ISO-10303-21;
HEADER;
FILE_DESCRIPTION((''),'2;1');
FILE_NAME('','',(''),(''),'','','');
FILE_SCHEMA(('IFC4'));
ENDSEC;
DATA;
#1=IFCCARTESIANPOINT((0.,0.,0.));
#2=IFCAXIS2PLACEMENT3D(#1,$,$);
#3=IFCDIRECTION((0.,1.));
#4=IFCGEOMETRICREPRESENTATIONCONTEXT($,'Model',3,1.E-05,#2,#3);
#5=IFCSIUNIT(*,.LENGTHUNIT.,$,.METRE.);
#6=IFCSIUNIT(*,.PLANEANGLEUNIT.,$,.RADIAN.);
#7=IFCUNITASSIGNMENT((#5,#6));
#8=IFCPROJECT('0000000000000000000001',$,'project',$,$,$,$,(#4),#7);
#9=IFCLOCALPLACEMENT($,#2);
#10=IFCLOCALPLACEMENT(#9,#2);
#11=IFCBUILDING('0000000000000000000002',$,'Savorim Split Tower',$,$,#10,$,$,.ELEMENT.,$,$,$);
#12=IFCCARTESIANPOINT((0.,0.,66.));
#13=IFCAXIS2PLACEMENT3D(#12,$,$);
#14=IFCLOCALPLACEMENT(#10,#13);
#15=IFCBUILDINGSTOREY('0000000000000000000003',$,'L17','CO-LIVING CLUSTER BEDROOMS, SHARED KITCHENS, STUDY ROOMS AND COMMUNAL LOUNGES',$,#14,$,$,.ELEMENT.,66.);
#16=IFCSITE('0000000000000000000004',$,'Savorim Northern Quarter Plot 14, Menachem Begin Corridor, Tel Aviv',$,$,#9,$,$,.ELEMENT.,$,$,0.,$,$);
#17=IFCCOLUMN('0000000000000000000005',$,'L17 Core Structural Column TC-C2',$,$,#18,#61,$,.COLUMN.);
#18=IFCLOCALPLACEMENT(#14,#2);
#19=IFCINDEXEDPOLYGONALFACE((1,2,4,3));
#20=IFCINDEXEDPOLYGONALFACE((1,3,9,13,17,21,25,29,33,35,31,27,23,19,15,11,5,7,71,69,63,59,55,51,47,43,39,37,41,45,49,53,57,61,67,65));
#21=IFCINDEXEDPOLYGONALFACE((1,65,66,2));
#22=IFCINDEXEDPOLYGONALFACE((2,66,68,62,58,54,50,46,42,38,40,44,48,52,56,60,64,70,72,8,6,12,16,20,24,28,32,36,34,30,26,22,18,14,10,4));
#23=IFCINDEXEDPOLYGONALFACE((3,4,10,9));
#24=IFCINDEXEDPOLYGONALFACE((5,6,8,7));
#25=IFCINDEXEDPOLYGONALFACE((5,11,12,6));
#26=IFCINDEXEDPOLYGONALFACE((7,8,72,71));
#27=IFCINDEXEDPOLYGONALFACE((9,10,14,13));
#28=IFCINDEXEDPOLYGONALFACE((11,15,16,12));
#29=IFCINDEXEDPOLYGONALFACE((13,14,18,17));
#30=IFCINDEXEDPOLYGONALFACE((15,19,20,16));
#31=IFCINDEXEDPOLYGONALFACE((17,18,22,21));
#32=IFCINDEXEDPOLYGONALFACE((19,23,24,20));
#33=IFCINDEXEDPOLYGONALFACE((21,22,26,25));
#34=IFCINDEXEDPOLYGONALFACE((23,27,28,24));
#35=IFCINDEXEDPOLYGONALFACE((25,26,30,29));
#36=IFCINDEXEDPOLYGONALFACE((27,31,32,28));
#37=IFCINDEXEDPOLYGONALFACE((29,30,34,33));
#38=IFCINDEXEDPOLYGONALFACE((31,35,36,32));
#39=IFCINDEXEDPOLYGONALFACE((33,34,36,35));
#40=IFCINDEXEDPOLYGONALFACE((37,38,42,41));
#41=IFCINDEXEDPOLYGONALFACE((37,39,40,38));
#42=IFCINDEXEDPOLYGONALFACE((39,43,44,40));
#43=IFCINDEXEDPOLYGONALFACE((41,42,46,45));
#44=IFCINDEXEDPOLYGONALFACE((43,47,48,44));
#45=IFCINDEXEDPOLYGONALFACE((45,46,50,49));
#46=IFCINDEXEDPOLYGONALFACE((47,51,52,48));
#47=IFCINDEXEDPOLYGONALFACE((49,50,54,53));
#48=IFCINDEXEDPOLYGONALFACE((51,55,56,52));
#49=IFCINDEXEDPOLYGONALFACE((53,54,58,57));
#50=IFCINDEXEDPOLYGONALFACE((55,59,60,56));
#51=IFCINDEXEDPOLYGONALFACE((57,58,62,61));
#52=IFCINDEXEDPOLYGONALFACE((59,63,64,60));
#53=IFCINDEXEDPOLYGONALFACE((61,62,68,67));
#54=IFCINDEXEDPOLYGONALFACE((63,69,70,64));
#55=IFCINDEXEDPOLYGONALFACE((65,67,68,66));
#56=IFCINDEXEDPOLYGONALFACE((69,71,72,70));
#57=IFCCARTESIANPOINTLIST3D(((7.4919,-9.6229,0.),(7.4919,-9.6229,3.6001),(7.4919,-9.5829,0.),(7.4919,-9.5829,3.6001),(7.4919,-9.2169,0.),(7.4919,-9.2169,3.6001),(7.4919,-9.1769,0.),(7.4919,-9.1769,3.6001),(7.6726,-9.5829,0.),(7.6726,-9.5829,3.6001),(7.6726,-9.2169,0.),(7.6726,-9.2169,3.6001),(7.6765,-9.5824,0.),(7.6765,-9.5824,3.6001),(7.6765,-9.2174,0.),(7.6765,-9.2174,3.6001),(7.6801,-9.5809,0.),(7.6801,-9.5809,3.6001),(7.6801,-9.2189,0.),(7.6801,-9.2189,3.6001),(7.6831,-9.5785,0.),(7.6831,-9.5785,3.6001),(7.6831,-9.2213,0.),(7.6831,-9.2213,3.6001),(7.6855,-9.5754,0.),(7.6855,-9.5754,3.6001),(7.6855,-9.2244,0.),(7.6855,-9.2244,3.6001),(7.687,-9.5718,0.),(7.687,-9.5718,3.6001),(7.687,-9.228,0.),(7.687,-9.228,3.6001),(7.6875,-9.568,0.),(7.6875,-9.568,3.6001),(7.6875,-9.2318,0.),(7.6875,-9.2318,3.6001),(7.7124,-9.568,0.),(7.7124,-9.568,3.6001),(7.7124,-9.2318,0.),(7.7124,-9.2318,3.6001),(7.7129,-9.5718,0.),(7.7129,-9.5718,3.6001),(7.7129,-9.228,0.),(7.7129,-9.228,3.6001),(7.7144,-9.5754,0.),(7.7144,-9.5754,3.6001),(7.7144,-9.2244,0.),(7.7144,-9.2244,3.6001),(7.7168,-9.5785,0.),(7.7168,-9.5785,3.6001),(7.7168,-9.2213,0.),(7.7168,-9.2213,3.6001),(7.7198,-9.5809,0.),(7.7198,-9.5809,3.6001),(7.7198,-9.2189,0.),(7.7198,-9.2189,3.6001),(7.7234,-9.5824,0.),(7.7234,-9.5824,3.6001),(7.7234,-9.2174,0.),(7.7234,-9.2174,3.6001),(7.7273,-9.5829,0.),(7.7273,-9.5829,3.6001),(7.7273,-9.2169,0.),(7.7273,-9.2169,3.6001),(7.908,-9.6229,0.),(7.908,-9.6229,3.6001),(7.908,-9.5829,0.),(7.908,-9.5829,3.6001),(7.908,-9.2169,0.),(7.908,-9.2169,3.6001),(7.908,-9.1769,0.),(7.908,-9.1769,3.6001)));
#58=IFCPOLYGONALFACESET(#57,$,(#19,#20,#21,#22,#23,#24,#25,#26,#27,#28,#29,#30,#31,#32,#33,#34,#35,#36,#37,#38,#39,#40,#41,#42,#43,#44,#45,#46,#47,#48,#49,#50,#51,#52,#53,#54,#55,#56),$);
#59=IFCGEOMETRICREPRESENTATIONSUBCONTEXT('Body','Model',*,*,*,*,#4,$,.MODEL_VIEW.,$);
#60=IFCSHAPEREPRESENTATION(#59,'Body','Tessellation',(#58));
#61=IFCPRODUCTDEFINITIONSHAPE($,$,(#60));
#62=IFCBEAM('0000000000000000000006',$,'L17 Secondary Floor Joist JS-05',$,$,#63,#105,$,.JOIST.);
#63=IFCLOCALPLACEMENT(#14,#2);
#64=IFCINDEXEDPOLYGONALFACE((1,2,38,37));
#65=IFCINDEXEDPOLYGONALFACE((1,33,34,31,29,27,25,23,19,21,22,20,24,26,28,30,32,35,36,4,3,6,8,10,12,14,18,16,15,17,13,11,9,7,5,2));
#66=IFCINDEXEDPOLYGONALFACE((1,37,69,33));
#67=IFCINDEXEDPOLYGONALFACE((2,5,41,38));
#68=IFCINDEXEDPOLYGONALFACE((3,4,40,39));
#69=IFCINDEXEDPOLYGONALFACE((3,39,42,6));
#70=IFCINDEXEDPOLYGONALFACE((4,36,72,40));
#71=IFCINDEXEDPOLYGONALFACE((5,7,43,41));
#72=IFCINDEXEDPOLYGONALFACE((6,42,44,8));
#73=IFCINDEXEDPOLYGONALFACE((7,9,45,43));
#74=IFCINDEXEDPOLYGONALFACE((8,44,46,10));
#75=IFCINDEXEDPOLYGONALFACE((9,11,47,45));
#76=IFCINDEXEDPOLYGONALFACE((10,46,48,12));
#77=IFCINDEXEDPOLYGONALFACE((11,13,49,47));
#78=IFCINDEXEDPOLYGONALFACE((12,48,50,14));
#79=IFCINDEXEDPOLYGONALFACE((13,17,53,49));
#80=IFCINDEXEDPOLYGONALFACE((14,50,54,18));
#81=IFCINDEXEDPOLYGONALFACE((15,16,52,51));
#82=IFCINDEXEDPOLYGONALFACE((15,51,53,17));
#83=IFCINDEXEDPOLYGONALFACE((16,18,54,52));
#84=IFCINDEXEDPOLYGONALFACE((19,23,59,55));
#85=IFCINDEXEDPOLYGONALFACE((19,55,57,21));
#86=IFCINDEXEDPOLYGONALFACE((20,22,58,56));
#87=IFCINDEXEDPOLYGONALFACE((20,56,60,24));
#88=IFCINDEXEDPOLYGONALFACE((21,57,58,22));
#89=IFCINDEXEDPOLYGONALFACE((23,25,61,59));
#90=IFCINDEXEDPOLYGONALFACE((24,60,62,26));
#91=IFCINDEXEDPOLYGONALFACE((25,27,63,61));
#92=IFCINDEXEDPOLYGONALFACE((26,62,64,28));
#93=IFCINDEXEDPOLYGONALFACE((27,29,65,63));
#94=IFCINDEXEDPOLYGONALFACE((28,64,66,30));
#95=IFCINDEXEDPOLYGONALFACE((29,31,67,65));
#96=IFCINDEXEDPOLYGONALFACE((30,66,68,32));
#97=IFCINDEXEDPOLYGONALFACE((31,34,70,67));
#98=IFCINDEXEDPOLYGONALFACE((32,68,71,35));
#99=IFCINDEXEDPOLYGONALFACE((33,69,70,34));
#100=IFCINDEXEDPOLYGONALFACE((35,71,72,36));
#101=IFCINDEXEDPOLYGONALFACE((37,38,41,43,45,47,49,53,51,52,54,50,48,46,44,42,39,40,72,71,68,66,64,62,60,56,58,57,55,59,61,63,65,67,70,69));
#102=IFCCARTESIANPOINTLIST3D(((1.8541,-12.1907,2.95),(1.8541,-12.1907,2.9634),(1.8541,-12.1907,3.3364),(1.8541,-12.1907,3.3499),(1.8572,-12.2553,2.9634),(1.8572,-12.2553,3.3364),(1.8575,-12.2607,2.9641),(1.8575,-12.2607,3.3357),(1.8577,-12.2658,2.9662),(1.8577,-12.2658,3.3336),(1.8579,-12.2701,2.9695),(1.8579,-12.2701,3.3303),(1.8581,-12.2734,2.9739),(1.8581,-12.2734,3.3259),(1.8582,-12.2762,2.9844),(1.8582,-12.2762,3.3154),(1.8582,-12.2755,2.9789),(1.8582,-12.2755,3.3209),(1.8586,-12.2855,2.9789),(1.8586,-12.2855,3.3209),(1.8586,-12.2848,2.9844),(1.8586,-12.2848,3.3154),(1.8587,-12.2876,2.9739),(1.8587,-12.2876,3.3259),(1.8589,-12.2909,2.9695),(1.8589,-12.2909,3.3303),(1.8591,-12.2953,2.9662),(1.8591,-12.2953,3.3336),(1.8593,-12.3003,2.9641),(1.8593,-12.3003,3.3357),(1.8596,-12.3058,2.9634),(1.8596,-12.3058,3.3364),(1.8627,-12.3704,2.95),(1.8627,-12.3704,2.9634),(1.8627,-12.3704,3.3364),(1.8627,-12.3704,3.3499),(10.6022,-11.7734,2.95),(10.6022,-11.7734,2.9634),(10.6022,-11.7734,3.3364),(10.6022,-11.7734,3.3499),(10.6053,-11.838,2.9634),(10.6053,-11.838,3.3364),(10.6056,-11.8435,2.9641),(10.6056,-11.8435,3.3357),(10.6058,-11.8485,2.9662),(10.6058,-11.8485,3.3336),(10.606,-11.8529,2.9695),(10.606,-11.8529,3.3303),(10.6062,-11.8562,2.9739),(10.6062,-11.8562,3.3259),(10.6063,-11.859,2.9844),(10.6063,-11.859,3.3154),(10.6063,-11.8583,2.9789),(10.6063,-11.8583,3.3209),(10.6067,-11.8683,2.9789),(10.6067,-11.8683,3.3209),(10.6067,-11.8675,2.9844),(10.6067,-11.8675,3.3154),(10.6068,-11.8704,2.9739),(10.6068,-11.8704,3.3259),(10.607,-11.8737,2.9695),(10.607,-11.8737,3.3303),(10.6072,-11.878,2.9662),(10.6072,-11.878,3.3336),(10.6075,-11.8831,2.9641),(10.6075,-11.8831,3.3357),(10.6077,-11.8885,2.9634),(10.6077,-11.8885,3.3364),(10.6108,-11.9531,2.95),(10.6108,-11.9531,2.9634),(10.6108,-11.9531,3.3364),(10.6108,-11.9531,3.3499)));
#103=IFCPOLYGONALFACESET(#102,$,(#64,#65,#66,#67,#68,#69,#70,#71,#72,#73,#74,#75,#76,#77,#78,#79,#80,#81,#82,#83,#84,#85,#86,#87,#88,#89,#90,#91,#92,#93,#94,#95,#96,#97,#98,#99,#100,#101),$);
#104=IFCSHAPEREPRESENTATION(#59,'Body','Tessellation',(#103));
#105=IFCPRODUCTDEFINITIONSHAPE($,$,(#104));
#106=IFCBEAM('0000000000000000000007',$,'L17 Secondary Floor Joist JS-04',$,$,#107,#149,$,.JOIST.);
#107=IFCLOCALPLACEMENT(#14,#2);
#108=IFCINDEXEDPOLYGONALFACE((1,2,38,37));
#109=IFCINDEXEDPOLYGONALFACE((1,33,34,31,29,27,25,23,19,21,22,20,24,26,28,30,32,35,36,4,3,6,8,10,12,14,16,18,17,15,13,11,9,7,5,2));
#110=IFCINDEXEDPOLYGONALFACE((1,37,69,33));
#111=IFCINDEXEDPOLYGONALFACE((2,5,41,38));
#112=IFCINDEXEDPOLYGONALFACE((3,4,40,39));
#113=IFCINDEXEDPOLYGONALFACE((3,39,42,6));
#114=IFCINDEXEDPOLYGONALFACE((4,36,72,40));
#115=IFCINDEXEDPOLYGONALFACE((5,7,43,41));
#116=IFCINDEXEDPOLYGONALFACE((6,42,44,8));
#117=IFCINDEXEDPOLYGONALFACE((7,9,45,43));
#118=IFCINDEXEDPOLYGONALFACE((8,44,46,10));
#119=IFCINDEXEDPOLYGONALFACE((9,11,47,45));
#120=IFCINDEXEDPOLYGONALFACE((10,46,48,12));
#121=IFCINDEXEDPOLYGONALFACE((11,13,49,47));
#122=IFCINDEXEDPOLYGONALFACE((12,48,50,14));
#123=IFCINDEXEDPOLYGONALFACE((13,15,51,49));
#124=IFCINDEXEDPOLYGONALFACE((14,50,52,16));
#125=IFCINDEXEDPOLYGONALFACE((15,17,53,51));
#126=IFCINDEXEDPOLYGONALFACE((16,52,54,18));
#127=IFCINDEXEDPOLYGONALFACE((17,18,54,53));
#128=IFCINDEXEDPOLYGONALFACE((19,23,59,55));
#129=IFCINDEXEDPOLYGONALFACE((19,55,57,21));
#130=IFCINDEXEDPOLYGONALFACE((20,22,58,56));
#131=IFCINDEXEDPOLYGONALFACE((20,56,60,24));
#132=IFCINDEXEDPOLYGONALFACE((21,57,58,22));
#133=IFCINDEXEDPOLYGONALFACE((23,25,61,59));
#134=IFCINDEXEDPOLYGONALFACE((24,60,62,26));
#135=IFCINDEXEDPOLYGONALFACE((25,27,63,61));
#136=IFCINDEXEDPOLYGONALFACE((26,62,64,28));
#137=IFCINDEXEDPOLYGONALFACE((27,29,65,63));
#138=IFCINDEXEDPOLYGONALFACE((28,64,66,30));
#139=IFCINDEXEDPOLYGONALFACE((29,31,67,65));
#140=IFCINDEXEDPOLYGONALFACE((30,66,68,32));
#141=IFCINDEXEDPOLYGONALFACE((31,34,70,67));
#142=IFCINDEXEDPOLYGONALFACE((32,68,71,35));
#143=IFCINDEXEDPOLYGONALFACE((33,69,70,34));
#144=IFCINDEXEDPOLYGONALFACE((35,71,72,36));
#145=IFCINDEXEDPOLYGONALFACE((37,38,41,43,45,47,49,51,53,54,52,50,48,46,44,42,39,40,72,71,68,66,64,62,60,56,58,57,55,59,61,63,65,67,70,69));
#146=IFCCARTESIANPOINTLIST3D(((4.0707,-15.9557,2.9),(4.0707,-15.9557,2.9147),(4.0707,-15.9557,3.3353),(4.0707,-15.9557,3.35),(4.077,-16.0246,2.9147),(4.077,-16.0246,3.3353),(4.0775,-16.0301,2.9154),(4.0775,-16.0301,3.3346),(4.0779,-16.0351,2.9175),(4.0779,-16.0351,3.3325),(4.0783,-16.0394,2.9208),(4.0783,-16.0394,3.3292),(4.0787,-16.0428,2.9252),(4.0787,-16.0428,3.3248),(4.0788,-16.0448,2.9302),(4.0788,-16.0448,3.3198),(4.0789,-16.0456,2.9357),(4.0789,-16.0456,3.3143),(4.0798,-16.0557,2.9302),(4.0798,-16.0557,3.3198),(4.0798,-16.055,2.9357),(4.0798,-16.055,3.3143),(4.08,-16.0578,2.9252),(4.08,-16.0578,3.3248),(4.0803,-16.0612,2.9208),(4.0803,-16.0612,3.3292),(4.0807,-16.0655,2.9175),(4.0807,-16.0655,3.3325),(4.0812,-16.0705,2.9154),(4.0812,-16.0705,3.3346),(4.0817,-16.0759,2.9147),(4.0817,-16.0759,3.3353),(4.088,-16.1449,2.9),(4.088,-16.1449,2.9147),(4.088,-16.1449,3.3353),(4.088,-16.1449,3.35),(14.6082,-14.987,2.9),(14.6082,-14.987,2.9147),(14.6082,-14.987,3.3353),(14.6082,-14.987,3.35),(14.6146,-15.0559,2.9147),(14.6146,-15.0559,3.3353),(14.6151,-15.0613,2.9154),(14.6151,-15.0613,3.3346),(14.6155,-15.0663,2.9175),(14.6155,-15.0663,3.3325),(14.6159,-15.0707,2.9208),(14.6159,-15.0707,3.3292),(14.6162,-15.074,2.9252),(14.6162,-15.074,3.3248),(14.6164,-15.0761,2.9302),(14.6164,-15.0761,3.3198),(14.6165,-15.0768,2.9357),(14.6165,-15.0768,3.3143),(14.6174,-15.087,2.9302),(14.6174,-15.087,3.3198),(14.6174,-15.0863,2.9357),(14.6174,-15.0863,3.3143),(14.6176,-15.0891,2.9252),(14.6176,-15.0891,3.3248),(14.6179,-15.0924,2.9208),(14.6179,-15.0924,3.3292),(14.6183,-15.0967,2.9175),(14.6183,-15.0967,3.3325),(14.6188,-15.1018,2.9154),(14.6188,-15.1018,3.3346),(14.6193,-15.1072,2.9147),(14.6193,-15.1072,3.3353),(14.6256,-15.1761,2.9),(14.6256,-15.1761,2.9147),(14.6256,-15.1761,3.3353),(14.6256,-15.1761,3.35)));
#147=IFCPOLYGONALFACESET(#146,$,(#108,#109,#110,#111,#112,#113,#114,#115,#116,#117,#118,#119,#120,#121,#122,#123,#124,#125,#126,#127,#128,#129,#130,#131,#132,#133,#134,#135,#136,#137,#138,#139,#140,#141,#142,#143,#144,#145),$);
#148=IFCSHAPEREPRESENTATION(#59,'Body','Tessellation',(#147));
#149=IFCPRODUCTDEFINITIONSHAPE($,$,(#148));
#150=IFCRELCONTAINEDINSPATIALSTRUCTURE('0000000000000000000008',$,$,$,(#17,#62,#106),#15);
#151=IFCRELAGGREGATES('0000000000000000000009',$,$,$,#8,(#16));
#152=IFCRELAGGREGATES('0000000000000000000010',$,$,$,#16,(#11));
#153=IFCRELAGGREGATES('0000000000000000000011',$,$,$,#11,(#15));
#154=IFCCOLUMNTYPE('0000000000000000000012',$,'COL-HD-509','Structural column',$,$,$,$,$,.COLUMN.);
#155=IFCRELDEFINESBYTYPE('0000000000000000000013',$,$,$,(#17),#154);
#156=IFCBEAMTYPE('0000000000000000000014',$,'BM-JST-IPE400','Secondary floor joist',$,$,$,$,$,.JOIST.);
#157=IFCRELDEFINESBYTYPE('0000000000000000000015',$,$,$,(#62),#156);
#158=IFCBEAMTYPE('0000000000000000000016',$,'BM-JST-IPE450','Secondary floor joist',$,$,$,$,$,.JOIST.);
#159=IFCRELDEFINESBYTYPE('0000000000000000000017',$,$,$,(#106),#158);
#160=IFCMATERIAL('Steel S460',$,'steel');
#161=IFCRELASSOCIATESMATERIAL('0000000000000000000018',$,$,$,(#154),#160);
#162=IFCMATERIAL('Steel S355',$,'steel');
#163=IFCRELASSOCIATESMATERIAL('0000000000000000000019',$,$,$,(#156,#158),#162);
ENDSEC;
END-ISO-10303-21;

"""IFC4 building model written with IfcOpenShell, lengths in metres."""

from ifc_helpers import new_model, si_unit, direction, frame, origin, origin_2d, place, context, subcontext, project, spatial, i_section, extrude, material, material_profile, profile_set, type_object, element, save


model = new_model("IFC4")

# Units and contexts
model_context = context("Model", 3, precision=1e-05, world=origin(), true_north=direction((0.0, 1.0)))
body_context = subcontext(model_context, "Body", "Model", "MODEL_VIEW")
ifc_project = project(units=[si_unit("LENGTHUNIT", "METRE"), si_unit("PLANEANGLEUNIT", "RADIAN")], contexts=[model_context])

# Site, building, storey
site_placement = place(None, origin())
site = spatial("IfcSite", under=ifc_project, at=site_placement, Name="Savorim Northern Quarter Plot 14, Menachem Begin Corridor, Tel Aviv", CompositionType="ELEMENT", RefElevation=0.0)
building_placement = place(site_placement, origin())
building = spatial("IfcBuilding", under=site, at=building_placement, Name="Savorim Split Tower", CompositionType="ELEMENT")
storey_placement = place(building_placement, frame((0.0, 0.0, 66.0)))
storey = spatial("IfcBuildingStorey", under=building, at=storey_placement, Name="L17", Description="CO-LIVING CLUSTER BEDROOMS, SHARED KITCHENS, STUDY ROOMS AND COMMUNAL LOUNGES", CompositionType="ELEMENT", Elevation=66.0)

# Column
ifc_material_1 = material(Name="Steel S460", Category="steel")
ifc_material_profile_1 = material_profile(ifc_material_1, i_section(OverallWidth=0.416, OverallDepth=0.446, WebThickness=0.0249, FlangeThickness=0.04, FilletRadius=0.0149, at=origin_2d()), Name="HD 400x509")
ifc_profile_set_1 = profile_set([ifc_material_profile_1], Name="Steel S460")
column_type = type_object("IfcColumnType", Name="COL-HD-509", Description="Structural column", PredefinedType="COLUMN", material=ifc_profile_set_1)
column_placement = place(storey_placement, frame((7.7, -9.3999, 0.0), z_axis=(0.0, 0.0, 1.0), x_axis=(1.0, 0.0, 0.0)))
element("IfcColumn", 1, at=column_placement, inside=storey, type_object=column_type, Name="L17 Core Structural Column TC-C2", PredefinedType="COLUMN", context=body_context, shape_type="SweptSolid", body=[
    extrude(i_section(OverallWidth=0.416, OverallDepth=0.446, WebThickness=0.0249, FlangeThickness=0.04, FilletRadius=0.0149, at=origin_2d()), origin(), (0.0, 0.0, 1.0), 3.6001),
])

# Beams
ifc_material_2 = material(Name="Steel S355", Category="steel")
ifc_material_profile_2 = material_profile(ifc_material_2, i_section(OverallWidth=0.1799, OverallDepth=0.3999, WebThickness=0.0085, FlangeThickness=0.0134, FilletRadius=0.021, at=origin_2d()), Name="IPE 400")
ifc_profile_set_2 = profile_set([ifc_material_profile_2], Name="Steel S355")
beam_type_1 = type_object("IfcBeamType", Name="BM-JST-IPE400", Description="Secondary floor joist", PredefinedType="JOIST", material=ifc_profile_set_2)
beam_1_placement = place(storey_placement, frame((1.8584, -12.2805, 3.1499), z_axis=(0.998865, 0.047641, 0.0), x_axis=(-0.047641, 0.998865, 0.0)))
element("IfcBeam", 2, at=beam_1_placement, inside=storey, type_object=beam_type_1, Name="L17 Secondary Floor Joist JS-05", PredefinedType="JOIST", context=body_context, shape_type="SweptSolid", body=[
    extrude(i_section(OverallWidth=0.1799, OverallDepth=0.3999, WebThickness=0.0085, FlangeThickness=0.0134, FilletRadius=0.021, at=origin_2d()), origin(), (0.0, 0.0, 1.0), 8.7581),
])
ifc_material_profile_3 = material_profile(ifc_material_2, i_section(OverallWidth=0.1899, OverallDepth=0.45, WebThickness=0.0095, FlangeThickness=0.0146, FilletRadius=0.021, at=origin_2d()), Name="IPE 450")
ifc_profile_set_3 = profile_set([ifc_material_profile_3], Name="Steel S355")
beam_type_2 = type_object("IfcBeamType", Name="BM-JST-IPE450", Description="Secondary floor joist", PredefinedType="JOIST", material=ifc_profile_set_3)
beam_2_placement = place(storey_placement, frame((4.0793, -16.0503, 3.125), z_axis=(0.995801, 0.091547, 0.0), x_axis=(-0.091547, 0.995801, 0.0)))
element("IfcBeam", 3, at=beam_2_placement, inside=storey, type_object=beam_type_2, Name="L17 Secondary Floor Joist JS-04", PredefinedType="JOIST", context=body_context, shape_type="SweptSolid", body=[
    extrude(i_section(OverallWidth=0.1899, OverallDepth=0.45, WebThickness=0.0095, FlangeThickness=0.0146, FilletRadius=0.021, at=origin_2d()), origin(), (0.0, 0.0, 1.0), 10.582),
])

save(model, "model.ifc")
